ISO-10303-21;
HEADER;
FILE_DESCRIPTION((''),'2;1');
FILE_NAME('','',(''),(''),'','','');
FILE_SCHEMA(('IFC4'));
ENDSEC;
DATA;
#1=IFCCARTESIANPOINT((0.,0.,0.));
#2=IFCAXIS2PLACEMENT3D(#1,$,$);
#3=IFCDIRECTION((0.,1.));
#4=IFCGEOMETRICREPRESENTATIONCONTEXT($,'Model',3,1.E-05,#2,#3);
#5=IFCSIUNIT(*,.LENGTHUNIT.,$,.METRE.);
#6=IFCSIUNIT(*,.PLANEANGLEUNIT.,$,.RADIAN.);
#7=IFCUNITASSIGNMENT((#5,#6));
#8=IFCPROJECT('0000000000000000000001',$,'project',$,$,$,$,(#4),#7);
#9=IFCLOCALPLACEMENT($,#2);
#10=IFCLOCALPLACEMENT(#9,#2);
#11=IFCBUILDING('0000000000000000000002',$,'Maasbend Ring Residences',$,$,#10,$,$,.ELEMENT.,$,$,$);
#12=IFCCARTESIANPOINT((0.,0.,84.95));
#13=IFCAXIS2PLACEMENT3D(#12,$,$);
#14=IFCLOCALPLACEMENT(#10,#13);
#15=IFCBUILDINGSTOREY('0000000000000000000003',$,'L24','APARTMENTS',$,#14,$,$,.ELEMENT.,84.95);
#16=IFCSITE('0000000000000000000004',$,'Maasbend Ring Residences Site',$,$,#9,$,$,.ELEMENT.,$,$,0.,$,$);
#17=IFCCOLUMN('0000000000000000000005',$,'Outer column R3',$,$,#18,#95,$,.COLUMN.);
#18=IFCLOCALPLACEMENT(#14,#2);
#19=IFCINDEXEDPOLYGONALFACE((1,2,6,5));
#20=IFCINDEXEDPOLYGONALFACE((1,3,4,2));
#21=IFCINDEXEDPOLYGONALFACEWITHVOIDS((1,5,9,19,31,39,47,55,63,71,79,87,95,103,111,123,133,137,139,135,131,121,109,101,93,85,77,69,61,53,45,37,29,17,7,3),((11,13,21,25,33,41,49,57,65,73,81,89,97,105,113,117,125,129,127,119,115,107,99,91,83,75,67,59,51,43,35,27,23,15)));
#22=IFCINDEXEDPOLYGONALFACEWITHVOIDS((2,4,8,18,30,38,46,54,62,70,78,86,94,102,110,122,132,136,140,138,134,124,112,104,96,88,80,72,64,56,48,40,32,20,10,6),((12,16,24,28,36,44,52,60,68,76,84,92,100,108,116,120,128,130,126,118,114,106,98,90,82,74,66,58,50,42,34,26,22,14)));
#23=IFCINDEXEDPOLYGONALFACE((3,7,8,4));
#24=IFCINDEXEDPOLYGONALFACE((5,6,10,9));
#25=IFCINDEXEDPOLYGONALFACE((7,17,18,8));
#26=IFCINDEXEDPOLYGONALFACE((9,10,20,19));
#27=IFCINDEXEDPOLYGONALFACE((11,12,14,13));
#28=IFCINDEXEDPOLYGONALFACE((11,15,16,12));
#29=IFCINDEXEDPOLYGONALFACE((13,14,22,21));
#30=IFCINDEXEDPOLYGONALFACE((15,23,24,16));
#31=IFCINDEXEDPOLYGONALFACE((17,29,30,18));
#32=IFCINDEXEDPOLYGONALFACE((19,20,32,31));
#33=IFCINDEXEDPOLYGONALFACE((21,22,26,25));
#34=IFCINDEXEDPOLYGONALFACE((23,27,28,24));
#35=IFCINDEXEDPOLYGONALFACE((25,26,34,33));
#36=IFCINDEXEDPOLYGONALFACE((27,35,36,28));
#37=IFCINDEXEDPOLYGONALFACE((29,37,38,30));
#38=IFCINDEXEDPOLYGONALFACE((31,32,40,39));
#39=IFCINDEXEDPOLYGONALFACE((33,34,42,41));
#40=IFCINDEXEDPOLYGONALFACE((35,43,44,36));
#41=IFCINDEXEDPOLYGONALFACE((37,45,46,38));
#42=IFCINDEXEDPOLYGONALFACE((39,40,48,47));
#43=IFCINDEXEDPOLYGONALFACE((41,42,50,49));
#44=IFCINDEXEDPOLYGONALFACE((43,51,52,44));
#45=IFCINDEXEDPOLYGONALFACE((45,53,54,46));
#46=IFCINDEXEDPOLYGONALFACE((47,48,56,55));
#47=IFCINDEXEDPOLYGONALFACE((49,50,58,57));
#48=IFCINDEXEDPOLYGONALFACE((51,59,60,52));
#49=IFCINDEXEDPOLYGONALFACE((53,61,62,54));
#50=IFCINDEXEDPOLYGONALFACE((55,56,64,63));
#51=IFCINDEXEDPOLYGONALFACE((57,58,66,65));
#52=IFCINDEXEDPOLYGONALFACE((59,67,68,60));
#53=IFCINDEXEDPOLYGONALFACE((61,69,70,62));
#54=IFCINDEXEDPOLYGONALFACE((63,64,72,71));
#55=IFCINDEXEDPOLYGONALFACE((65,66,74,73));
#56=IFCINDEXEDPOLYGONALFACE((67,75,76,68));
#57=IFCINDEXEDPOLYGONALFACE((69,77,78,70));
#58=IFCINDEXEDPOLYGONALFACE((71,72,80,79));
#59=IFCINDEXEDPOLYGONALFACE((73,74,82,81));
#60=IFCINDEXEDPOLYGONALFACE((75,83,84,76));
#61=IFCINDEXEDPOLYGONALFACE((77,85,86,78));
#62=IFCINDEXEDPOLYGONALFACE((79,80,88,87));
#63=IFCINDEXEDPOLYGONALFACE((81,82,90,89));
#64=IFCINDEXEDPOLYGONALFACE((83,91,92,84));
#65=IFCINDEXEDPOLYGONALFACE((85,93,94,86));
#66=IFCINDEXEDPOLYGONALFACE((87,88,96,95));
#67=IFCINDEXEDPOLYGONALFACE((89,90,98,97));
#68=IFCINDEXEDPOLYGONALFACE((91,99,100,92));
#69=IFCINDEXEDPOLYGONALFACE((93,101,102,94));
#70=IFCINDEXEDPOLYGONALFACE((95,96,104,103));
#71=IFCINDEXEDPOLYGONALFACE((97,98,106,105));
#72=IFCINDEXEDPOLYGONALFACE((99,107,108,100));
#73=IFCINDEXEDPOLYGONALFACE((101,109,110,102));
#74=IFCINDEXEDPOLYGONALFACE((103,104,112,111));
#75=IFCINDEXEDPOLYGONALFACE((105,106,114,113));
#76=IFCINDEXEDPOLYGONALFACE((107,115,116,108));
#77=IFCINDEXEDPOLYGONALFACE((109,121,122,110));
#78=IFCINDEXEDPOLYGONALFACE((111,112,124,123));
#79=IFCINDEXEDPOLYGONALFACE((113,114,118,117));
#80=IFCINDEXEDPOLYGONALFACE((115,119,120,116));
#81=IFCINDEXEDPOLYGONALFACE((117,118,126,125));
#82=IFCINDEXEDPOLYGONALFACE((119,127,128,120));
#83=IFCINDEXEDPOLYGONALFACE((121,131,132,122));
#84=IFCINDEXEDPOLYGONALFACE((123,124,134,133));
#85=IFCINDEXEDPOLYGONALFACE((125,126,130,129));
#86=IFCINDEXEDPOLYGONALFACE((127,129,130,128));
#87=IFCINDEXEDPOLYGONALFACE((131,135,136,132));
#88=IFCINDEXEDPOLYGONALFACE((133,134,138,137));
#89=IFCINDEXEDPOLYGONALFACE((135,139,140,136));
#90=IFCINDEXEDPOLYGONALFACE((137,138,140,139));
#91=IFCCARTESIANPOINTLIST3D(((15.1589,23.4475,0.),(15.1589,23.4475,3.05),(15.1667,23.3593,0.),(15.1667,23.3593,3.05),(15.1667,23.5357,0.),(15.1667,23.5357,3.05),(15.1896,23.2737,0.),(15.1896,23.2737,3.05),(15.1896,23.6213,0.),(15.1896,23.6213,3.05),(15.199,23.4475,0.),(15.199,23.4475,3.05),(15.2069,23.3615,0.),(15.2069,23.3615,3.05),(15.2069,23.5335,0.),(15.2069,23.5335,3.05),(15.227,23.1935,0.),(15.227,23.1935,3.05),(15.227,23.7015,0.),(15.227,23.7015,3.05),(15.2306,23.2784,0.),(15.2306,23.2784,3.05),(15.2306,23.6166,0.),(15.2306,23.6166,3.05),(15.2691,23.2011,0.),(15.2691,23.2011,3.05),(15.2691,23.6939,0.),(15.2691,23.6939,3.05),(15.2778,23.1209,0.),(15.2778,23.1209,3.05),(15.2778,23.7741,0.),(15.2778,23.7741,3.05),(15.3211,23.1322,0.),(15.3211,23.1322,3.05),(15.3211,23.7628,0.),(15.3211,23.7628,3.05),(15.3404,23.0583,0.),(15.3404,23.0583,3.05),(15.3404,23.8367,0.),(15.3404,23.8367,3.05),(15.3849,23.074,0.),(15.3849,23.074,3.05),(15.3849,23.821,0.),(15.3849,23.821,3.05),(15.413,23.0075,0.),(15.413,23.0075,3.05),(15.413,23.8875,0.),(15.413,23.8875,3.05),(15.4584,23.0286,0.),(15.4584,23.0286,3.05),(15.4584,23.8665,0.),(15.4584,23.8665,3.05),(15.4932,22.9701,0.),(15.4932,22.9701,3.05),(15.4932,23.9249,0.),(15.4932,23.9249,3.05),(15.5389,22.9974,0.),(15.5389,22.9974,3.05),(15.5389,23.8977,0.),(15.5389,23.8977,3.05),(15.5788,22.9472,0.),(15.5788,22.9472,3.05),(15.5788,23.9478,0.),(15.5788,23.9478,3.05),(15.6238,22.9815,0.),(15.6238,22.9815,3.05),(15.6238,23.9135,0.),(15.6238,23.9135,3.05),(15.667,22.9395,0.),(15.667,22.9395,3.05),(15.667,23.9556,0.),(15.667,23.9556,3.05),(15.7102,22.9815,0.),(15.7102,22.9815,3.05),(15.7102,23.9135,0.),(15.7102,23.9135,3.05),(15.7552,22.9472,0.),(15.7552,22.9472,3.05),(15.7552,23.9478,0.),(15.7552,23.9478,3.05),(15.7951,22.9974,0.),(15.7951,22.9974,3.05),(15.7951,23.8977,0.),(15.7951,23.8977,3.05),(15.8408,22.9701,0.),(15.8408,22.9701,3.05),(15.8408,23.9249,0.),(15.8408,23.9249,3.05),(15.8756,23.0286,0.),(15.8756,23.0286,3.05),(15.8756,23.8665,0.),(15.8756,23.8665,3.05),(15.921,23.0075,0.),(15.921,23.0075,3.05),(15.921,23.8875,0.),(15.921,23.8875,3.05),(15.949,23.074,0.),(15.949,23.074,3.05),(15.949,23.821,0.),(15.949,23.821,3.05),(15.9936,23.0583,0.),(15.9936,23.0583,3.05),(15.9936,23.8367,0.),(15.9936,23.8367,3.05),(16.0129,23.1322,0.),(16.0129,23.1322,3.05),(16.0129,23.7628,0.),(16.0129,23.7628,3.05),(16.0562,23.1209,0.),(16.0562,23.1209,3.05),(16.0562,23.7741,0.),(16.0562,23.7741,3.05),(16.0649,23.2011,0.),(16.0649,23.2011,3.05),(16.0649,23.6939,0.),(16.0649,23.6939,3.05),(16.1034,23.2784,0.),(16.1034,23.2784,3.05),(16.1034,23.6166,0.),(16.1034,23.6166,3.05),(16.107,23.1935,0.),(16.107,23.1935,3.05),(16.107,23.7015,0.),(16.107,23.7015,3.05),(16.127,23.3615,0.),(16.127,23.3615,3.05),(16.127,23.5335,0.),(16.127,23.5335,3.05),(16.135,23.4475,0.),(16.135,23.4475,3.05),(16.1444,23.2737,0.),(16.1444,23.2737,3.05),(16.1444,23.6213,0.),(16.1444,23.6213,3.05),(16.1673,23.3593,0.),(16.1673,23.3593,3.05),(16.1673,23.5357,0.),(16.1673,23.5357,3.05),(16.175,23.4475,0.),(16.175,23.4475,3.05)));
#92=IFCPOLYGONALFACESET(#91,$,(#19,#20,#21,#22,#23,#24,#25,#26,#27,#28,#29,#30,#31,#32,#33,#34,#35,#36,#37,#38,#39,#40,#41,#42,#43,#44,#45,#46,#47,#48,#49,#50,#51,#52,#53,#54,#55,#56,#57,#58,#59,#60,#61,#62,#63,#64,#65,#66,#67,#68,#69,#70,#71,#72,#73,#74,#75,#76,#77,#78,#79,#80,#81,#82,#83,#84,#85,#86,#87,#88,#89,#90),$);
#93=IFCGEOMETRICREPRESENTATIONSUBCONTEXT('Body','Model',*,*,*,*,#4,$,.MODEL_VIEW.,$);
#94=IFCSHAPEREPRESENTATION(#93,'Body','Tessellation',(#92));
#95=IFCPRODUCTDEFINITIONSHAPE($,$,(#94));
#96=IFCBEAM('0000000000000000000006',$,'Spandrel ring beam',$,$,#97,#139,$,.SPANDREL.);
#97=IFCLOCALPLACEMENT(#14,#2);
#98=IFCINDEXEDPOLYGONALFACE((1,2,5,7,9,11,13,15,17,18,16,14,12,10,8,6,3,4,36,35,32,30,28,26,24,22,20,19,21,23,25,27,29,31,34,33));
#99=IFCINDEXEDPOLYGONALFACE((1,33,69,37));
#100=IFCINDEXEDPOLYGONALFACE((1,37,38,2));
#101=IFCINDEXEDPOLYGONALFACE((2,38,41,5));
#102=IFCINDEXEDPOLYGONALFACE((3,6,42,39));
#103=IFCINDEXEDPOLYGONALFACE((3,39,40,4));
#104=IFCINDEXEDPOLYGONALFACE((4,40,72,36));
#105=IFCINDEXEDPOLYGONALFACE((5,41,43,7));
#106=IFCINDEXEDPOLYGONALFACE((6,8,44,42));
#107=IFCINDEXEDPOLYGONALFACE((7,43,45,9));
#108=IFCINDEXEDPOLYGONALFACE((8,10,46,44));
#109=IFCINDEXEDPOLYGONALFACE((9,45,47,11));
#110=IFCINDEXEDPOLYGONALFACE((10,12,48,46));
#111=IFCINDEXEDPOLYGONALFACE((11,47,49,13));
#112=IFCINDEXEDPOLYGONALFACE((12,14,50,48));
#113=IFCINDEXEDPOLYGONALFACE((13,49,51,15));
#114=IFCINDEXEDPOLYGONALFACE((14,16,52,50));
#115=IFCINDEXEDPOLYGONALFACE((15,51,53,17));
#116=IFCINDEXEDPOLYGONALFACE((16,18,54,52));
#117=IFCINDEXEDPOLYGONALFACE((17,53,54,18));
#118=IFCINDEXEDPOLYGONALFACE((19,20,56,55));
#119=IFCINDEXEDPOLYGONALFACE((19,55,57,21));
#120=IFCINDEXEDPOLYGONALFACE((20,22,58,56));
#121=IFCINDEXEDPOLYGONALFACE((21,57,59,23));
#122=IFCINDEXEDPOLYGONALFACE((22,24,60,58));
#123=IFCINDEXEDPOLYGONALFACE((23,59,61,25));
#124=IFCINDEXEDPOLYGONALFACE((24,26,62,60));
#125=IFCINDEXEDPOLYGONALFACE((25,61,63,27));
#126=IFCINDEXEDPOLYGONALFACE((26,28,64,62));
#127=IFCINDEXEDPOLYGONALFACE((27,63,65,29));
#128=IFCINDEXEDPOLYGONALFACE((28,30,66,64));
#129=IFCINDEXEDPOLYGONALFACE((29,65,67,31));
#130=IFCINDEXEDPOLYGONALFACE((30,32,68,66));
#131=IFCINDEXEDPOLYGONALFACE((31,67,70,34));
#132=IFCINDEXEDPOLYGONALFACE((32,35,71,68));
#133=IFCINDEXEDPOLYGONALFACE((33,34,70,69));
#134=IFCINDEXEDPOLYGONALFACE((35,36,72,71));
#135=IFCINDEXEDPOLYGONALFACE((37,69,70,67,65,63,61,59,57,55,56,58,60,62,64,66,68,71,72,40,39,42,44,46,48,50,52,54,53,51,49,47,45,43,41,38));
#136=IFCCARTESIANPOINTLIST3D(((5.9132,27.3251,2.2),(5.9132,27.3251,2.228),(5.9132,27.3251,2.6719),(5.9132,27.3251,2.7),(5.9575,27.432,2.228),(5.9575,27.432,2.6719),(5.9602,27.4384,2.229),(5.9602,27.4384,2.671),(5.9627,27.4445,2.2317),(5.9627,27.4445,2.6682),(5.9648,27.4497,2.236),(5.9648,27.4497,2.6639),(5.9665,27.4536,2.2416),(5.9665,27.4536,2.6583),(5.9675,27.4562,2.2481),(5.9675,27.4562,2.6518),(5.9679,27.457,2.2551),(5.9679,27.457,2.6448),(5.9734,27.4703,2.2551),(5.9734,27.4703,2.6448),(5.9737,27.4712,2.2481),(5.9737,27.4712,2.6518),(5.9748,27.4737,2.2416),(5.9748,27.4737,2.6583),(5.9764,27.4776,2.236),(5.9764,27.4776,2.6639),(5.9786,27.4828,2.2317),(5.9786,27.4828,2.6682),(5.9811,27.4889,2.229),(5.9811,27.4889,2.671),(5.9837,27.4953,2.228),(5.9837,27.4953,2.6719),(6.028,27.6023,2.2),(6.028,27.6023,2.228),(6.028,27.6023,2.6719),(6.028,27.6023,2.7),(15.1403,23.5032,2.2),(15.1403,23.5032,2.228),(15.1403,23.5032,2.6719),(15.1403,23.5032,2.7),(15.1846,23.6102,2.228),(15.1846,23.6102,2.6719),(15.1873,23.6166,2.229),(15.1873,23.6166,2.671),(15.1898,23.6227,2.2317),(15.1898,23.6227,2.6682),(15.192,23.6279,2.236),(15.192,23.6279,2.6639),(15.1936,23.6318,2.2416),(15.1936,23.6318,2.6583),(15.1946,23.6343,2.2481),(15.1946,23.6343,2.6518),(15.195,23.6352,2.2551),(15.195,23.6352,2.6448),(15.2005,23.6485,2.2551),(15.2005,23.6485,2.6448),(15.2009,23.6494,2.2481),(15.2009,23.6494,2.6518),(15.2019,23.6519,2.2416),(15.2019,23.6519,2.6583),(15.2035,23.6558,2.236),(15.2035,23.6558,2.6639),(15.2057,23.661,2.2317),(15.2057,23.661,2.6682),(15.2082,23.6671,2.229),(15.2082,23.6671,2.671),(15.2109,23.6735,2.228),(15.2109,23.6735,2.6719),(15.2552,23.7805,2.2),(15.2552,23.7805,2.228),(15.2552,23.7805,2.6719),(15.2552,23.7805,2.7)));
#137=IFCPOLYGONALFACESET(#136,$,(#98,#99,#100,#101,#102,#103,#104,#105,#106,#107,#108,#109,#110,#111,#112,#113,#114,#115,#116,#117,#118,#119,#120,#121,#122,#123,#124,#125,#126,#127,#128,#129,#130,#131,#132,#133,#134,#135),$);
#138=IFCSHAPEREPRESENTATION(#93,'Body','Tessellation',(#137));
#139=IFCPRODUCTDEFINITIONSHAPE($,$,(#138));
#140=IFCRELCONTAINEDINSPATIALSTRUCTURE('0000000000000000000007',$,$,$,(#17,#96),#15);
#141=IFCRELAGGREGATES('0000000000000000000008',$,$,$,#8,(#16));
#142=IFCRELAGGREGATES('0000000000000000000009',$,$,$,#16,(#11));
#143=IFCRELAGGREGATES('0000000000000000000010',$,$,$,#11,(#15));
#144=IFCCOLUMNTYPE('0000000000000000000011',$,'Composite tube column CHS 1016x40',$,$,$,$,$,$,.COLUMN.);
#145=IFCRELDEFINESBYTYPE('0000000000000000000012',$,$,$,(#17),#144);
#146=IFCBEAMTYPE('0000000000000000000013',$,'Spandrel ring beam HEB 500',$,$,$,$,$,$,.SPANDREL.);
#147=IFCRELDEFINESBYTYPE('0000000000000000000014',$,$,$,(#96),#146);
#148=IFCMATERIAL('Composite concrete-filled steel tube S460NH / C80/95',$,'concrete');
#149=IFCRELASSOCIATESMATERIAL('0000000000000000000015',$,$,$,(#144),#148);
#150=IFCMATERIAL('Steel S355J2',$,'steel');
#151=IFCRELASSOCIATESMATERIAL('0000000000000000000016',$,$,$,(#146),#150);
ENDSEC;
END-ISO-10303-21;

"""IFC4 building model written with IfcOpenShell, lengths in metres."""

from ifc_helpers import new_model, si_unit, direction, frame, origin, origin_2d, place, context, subcontext, project, spatial, hollow_circle, i_section, extrude, material, material_profile, profile_set, type_object, element, save


model = new_model("IFC4")

# Units and contexts
model_context = context("Model", 3, precision=1e-05, world=origin(), true_north=direction((0.0, 1.0)))
body_context = subcontext(model_context, "Body", "Model", "MODEL_VIEW")
ifc_project = project(units=[si_unit("LENGTHUNIT", "METRE"), si_unit("PLANEANGLEUNIT", "RADIAN")], contexts=[model_context])

# Site, building, storey
site_placement = place(None, origin())
site = spatial("IfcSite", under=ifc_project, at=site_placement, Name="Maasbend Ring Residences Site", CompositionType="ELEMENT", RefElevation=0.0)
building_placement = place(site_placement, origin())
building = spatial("IfcBuilding", under=site, at=building_placement, Name="Maasbend Ring Residences", CompositionType="ELEMENT")
storey_placement = place(building_placement, frame((0.0, 0.0, 84.95)))
storey = spatial("IfcBuildingStorey", under=building, at=storey_placement, Name="L24", Description="APARTMENTS", CompositionType="ELEMENT", Elevation=84.95)

# Column
ifc_material_1 = material(Name="Composite concrete-filled steel tube S460NH / C80/95", Category="concrete")
ifc_material_profile_1 = material_profile(ifc_material_1, hollow_circle(Radius=0.5081, WallThickness=0.04, at=origin_2d()), Name="Composite tube column CHS 1016x40")
ifc_profile_set_1 = profile_set([ifc_material_profile_1], Name="Composite concrete-filled steel tube S460NH / C80/95")
column_type = type_object("IfcColumnType", Name="Composite tube column CHS 1016x40", PredefinedType="COLUMN", material=ifc_profile_set_1)
column_placement = place(storey_placement, frame((15.667, 23.4475, 0.0), z_axis=(0.0, 0.0, 1.0), x_axis=(1.0, 0.0, 0.0)))
element("IfcColumn", 1, at=column_placement, inside=storey, type_object=column_type, Name="Outer column R3", PredefinedType="COLUMN", context=body_context, shape_type="SweptSolid", body=[
    extrude(hollow_circle(Radius=0.5081, WallThickness=0.04, at=origin_2d()), origin(), (0.0, 0.0, 1.0), 3.05),
])

# Beam
ifc_material_2 = material(Name="Steel S355J2", Category="steel")
ifc_material_profile_2 = material_profile(ifc_material_2, i_section(OverallWidth=0.3, OverallDepth=0.5, WebThickness=0.0144, FlangeThickness=0.0281, FilletRadius=0.0271, at=origin_2d()), Name="HEB 500")
ifc_profile_set_2 = profile_set([ifc_material_profile_2], Name="Steel S355J2")
beam_type = type_object("IfcBeamType", Name="Spandrel ring beam HEB 500", PredefinedType="SPANDREL", material=ifc_profile_set_2)
beam_placement = place(storey_placement, frame((15.1978, 23.6418, 2.45), z_axis=(-0.923886, 0.382667, 0.0), x_axis=(-0.382667, -0.923886, 0.0)))
element("IfcBeam", 2, at=beam_placement, inside=storey, type_object=beam_type, Name="Spandrel ring beam", PredefinedType="SPANDREL", context=body_context, shape_type="SweptSolid", body=[
    extrude(i_section(OverallWidth=0.3, OverallDepth=0.5, WebThickness=0.0144, FlangeThickness=0.0281, FilletRadius=0.0271, at=origin_2d()), origin(), (0.0, 0.0, 1.0), 9.9873),
])

save(model, "model.ifc")
